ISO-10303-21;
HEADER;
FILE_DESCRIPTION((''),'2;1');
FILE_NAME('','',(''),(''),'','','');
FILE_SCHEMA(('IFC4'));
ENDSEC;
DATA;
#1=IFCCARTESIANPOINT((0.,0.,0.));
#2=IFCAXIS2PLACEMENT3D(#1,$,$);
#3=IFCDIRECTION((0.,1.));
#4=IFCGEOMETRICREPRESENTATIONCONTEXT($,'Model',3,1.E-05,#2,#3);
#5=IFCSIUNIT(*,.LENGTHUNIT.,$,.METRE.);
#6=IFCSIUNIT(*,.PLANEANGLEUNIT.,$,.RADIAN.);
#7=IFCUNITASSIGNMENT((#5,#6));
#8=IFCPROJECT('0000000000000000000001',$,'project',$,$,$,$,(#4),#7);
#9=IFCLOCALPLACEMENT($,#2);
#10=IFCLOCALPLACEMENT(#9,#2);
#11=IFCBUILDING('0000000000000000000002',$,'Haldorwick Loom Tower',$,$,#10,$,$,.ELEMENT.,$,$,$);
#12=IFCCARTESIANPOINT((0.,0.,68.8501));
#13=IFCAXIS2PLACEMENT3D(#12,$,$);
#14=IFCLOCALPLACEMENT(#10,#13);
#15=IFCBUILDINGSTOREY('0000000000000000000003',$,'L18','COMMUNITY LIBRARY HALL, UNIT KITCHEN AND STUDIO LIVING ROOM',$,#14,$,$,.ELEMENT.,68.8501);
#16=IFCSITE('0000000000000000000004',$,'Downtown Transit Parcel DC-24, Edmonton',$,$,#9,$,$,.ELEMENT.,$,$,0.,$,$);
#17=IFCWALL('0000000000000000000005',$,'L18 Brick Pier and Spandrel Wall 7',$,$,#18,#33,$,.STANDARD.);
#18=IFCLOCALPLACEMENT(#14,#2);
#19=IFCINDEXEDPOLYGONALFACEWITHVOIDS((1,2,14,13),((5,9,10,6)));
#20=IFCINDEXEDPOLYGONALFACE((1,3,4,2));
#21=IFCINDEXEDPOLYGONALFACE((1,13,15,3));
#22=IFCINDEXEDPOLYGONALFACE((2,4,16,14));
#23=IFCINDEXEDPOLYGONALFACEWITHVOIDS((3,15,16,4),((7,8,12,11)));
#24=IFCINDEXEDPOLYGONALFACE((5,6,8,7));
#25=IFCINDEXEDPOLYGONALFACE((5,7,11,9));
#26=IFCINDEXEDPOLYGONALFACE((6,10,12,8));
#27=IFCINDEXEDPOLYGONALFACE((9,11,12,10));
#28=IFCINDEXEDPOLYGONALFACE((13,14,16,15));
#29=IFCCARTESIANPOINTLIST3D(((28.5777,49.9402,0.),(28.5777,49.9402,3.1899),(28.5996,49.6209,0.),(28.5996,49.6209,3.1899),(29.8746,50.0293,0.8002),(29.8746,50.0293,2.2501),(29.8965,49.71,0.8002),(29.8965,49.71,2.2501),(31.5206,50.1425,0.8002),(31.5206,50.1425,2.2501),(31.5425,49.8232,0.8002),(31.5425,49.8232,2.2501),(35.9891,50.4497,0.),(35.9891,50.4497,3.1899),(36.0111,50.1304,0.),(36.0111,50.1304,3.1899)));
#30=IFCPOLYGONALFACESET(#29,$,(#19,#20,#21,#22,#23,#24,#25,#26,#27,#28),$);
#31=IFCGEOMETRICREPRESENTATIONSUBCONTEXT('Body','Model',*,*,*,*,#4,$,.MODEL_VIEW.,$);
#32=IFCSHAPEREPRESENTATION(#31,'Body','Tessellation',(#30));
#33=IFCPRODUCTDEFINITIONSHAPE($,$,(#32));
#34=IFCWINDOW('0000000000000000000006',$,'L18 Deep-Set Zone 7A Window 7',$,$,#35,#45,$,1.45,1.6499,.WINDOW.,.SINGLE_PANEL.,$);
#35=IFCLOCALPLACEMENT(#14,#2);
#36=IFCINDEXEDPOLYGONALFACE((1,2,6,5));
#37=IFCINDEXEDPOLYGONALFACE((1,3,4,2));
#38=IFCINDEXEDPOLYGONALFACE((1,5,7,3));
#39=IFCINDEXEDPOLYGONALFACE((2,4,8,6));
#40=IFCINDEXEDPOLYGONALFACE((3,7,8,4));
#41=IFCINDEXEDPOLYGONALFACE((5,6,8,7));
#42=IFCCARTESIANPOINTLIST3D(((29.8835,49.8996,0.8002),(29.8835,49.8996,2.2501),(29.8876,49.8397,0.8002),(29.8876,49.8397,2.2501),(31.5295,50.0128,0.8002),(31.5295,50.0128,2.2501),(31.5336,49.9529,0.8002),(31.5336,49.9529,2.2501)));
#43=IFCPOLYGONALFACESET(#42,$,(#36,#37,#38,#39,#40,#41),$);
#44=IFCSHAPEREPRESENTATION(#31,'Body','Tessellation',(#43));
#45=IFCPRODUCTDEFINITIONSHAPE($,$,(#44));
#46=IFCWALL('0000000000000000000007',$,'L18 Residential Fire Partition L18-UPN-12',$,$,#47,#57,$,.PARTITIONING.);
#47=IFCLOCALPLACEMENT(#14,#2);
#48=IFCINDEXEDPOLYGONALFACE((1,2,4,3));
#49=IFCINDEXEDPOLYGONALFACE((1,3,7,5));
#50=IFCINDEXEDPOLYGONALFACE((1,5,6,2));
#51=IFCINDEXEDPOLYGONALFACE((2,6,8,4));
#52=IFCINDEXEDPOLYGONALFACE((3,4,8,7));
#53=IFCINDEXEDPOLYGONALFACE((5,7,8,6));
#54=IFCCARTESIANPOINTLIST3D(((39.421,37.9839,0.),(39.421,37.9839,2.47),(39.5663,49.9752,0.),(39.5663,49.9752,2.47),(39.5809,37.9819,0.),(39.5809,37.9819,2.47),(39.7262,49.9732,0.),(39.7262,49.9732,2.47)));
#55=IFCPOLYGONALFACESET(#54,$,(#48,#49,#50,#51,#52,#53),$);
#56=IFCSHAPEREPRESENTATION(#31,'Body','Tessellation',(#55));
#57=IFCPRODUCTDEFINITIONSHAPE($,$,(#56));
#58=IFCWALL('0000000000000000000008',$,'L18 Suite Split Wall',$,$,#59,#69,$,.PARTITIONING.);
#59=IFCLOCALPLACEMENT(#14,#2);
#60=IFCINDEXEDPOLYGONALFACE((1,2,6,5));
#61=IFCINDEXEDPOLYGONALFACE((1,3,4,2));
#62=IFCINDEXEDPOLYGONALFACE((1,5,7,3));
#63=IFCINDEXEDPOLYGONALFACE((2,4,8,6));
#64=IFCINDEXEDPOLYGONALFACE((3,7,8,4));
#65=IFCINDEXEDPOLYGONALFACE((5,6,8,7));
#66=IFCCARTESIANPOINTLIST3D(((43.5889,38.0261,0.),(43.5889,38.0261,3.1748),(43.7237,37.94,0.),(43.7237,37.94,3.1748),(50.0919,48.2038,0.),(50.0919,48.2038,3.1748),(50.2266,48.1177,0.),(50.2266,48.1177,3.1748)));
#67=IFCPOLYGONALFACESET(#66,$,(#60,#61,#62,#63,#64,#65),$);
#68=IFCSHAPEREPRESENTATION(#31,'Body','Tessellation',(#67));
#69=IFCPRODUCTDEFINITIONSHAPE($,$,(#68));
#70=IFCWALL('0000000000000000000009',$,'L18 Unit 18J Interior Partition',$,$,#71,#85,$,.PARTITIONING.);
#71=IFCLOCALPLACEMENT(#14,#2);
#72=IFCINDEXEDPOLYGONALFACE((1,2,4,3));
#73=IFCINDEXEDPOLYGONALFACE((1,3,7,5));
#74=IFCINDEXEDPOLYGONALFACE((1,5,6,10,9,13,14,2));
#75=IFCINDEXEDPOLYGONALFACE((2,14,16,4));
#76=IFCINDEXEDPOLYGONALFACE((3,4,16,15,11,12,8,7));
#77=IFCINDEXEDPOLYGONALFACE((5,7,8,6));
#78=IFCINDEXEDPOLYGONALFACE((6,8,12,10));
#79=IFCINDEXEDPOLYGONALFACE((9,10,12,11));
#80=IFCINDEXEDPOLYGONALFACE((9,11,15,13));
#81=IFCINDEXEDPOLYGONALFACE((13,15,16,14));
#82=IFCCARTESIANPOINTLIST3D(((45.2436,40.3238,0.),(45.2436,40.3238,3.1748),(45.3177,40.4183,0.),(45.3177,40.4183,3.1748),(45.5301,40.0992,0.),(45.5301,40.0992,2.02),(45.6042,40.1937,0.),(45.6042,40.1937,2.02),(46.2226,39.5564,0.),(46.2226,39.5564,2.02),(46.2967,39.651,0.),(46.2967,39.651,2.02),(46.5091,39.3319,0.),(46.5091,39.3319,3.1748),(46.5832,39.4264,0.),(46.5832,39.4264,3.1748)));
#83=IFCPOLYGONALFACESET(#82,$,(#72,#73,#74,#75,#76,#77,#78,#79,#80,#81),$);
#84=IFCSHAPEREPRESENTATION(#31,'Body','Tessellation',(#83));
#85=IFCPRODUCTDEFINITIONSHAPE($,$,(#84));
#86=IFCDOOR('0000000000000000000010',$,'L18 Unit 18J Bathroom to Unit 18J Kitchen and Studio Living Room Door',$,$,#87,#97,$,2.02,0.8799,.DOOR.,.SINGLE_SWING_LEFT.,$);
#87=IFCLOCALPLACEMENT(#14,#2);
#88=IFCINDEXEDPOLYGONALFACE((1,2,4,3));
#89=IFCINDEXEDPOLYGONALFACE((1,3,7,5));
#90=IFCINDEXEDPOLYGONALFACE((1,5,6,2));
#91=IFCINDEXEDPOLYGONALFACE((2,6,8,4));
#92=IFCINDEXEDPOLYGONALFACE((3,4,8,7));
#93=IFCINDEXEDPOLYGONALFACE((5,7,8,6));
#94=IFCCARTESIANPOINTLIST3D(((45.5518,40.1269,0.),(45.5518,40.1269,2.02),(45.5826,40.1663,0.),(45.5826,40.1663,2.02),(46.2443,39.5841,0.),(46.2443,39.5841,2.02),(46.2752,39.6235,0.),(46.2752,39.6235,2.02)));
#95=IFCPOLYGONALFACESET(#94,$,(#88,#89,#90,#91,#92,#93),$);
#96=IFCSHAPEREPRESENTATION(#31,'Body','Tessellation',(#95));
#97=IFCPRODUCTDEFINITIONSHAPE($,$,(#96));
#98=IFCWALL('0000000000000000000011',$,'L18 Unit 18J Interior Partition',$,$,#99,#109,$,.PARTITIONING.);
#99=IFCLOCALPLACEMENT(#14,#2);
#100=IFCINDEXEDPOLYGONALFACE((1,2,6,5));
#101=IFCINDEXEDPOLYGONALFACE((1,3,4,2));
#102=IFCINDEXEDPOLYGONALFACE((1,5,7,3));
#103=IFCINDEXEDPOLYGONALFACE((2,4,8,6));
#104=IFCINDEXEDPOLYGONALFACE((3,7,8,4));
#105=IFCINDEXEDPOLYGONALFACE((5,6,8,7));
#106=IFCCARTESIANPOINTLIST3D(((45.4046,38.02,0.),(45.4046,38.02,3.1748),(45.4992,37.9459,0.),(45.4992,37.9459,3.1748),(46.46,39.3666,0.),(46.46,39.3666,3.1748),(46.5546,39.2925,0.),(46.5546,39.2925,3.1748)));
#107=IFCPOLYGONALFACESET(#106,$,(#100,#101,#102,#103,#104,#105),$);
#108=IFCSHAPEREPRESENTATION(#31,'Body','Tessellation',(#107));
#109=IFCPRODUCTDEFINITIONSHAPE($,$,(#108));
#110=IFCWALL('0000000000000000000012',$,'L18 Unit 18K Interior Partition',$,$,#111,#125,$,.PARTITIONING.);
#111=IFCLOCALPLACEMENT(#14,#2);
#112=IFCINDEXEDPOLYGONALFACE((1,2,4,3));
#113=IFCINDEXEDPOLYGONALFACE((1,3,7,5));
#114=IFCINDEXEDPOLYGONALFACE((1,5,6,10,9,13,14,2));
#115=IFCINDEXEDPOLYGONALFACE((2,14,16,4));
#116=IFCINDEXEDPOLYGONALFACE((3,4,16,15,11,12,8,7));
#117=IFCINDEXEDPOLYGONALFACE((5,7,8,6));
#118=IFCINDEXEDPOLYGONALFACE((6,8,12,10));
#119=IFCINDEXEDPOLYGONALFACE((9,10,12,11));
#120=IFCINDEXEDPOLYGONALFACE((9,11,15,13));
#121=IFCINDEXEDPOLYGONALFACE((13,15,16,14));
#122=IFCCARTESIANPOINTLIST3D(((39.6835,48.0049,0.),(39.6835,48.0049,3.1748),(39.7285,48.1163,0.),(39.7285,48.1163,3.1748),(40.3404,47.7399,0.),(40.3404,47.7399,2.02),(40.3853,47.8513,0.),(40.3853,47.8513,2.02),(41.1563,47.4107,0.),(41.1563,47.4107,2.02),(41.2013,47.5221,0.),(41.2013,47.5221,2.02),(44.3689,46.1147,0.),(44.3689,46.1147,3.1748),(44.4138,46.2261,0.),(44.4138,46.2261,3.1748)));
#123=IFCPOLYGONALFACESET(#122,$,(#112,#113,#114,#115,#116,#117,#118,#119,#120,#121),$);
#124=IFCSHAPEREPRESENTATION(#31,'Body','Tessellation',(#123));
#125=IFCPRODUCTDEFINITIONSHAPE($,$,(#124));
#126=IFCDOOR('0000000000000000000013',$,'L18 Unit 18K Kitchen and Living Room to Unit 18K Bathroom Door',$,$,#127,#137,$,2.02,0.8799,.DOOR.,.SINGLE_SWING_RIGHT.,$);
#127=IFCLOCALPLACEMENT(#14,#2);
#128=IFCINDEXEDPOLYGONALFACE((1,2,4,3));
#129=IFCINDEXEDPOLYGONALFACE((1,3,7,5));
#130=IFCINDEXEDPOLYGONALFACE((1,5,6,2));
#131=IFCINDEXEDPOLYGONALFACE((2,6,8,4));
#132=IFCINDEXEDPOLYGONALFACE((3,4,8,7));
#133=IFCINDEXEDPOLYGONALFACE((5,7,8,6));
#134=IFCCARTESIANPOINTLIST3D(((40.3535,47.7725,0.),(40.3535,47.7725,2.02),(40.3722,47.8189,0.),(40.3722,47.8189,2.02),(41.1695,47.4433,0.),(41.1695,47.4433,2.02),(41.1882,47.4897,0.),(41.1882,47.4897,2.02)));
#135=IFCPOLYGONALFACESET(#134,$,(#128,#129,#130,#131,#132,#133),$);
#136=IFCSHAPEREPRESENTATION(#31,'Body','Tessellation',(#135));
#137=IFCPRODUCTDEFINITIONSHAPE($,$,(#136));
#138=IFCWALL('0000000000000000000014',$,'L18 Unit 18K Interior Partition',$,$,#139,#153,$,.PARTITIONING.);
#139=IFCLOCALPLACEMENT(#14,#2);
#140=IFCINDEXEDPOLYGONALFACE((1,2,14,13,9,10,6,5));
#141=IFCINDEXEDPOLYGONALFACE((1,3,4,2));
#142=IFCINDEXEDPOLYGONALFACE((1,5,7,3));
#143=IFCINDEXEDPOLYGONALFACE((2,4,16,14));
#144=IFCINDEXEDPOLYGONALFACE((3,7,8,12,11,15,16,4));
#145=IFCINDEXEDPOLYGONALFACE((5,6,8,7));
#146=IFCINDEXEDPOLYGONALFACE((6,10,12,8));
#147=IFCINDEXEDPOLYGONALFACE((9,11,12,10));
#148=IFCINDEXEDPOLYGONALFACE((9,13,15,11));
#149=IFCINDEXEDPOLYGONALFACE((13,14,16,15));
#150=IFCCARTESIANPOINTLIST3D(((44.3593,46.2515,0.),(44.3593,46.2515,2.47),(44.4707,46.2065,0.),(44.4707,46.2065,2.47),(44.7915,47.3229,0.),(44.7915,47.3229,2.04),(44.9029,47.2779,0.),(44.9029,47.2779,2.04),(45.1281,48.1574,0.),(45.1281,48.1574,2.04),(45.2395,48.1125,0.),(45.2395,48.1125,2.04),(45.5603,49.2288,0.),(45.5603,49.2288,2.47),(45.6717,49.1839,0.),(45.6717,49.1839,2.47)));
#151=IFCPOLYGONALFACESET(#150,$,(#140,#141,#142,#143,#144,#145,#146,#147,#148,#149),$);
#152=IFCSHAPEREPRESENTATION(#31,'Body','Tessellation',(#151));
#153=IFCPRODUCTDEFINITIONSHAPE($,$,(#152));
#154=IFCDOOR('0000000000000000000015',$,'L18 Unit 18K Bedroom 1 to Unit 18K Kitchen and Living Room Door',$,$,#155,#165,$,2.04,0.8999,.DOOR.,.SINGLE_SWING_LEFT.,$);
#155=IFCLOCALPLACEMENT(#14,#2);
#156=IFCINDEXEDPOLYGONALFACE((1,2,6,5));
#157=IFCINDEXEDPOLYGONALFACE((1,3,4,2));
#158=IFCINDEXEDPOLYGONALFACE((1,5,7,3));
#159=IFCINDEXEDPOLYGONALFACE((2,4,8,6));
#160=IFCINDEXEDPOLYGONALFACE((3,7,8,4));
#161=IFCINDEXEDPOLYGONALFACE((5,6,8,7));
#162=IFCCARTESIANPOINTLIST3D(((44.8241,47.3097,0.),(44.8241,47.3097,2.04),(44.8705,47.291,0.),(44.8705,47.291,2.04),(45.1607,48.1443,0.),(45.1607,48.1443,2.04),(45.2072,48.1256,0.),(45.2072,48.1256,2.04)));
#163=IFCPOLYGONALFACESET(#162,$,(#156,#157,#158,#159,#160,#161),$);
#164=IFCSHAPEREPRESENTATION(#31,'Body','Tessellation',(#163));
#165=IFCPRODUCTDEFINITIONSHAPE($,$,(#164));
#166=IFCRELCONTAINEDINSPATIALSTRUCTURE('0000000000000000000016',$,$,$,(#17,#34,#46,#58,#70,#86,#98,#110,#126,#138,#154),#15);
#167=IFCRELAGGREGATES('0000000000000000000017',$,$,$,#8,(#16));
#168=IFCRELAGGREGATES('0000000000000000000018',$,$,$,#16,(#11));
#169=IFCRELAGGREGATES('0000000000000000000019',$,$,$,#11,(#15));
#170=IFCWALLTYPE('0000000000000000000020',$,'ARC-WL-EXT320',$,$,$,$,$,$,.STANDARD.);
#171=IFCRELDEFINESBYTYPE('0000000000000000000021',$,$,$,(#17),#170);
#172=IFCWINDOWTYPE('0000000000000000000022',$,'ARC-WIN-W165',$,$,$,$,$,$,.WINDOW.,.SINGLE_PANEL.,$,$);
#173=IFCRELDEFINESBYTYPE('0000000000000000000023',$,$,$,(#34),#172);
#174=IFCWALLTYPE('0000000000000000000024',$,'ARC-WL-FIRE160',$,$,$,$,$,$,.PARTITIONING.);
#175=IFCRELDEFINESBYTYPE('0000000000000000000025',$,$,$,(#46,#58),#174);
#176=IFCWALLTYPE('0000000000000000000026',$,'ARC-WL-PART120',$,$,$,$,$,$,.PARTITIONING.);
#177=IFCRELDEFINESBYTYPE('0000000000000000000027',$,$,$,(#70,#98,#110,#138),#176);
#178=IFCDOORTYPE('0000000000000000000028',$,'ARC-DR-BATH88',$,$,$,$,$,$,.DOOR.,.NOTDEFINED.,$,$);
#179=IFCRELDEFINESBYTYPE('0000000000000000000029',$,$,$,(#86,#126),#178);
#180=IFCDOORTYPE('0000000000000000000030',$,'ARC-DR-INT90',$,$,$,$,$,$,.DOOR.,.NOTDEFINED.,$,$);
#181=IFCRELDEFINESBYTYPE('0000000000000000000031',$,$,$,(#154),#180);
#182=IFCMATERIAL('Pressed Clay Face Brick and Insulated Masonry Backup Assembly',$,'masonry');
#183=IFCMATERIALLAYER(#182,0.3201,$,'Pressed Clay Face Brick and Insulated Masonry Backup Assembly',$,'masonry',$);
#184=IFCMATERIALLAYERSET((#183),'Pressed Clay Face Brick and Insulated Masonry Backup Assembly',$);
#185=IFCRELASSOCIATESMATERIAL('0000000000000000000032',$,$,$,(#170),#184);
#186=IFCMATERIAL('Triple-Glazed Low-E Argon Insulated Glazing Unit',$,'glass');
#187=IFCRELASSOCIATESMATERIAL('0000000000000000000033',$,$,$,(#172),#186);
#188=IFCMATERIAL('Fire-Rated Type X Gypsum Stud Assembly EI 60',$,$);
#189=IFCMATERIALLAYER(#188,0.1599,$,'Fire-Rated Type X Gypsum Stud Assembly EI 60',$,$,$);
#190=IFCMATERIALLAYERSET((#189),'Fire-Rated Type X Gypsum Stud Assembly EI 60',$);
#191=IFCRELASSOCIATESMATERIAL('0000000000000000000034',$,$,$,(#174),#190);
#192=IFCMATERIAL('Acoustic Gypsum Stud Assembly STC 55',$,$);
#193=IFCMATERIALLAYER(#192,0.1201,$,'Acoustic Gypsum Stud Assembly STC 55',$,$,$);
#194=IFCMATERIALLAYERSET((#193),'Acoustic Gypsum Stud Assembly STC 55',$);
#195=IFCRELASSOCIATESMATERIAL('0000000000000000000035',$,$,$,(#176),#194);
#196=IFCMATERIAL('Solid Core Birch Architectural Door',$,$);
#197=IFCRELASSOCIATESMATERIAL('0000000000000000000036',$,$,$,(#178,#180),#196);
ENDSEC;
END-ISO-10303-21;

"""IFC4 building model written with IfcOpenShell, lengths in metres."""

from ifc_helpers import new_model, si_unit, direction, frame, frame_2d, origin, place, context, subcontext, project, spatial, rectangle, extrude, material, layer, layer_set, type_object, element, fill, save


model = new_model("IFC4")

# Units and contexts
model_context = context("Model", 3, precision=1e-05, world=origin(), true_north=direction((0.0, 1.0)))
body_context = subcontext(model_context, "Body", "Model", "MODEL_VIEW")
ifc_project = project(units=[si_unit("LENGTHUNIT", "METRE"), si_unit("PLANEANGLEUNIT", "RADIAN")], contexts=[model_context])

# Site, building, storey
site_placement = place(None, origin())
site = spatial("IfcSite", under=ifc_project, at=site_placement, Name="Downtown Transit Parcel DC-24, Edmonton", CompositionType="ELEMENT", RefElevation=0.0)
building_placement = place(site_placement, origin())
building = spatial("IfcBuilding", under=site, at=building_placement, Name="Haldorwick Loom Tower", CompositionType="ELEMENT")
storey_placement = place(building_placement, frame((0.0, 0.0, 68.8501)))
storey = spatial("IfcBuildingStorey", under=building, at=storey_placement, Name="L18", Description="COMMUNITY LIBRARY HALL, UNIT KITCHEN AND STUDIO LIVING ROOM", CompositionType="ELEMENT", Elevation=68.8501)

# Wall, opening, window
ifc_material_1 = material(Name="Pressed Clay Face Brick and Insulated Masonry Backup Assembly", Category="masonry")
ifc_layer_1 = layer(ifc_material_1, 0.3201, Name="Pressed Clay Face Brick and Insulated Masonry Backup Assembly", Category="masonry")
ifc_layer_set_1 = layer_set([ifc_layer_1], Name="Pressed Clay Face Brick and Insulated Masonry Backup Assembly")
wall_type_1 = type_object("IfcWallType", Name="ARC-WL-EXT320", PredefinedType="STANDARD", material=ifc_layer_set_1)
ifc_material_2 = material(Name="Triple-Glazed Low-E Argon Insulated Glazing Unit", Category="glass")
window_type = type_object("IfcWindowType", Name="ARC-WIN-W165", PartitioningType="SINGLE_PANEL", PredefinedType="WINDOW", material=ifc_material_2)
wall_1_placement = place(storey_placement, frame((36.0, 50.29, 0.0), z_axis=(0.0, 0.0, 1.0), x_axis=(-0.997645, -0.068587, 0.0)))
wall_1 = element("IfcWall", 1, at=wall_1_placement, inside=storey, type_object=wall_type_1, Name="L18 Brick Pier and Spandrel Wall 7", PredefinedType="STANDARD", context=body_context, shape_type="SweptSolid", body=[
    extrude(rectangle(XDim=7.429, YDim=0.3201, at=frame_2d((3.7144, 0.0))), origin(), (0.0, 0.0, 1.0), 3.1899),
])
opening_1_placement = place(wall_1_placement, frame((4.479, 0.0, 0.8)))
opening_1 = element("IfcOpeningElement", 2, at=opening_1_placement, cuts=wall_1, PredefinedType="OPENING", context=body_context, shape_type="SweptSolid", body=[
    extrude(rectangle(XDim=1.6499, YDim=1.45, at=frame_2d((0.825, 0.7251))), frame((0.0, 0.1699, 0.0), z_axis=(0.0, -1.0, 0.0), x_axis=(1.0, 0.0, 0.0)), (0.0, 0.0, 1.0), 0.3401),
])
window_1_placement = place(opening_1_placement, origin())
window_1 = element("IfcWindow", 3, at=window_1_placement, inside=storey, type_object=window_type, Name="L18 Deep-Set Zone 7A Window 7", OverallHeight=1.45, OverallWidth=1.6499, PartitioningType="SINGLE_PANEL", PredefinedType="WINDOW", context=body_context, shape_type="SweptSolid", body=[
    extrude(rectangle(XDim=1.6499, YDim=1.45, at=frame_2d((0.825, 0.7251))), frame((0.0, 0.03, 0.0), z_axis=(0.0, -1.0, 0.0), x_axis=(1.0, 0.0, 0.0)), (0.0, 0.0, 1.0), 0.0601),
])
fill(opening_1, window_1)

# Walls
ifc_material_3 = material(Name="Fire-Rated Type X Gypsum Stud Assembly EI 60")
ifc_layer_2 = layer(ifc_material_3, 0.1599, Name="Fire-Rated Type X Gypsum Stud Assembly EI 60")
ifc_layer_set_2 = layer_set([ifc_layer_2], Name="Fire-Rated Type X Gypsum Stud Assembly EI 60")
wall_type_2 = type_object("IfcWallType", Name="ARC-WL-FIRE160", PredefinedType="PARTITIONING", material=ifc_layer_set_2)
wall_2_placement = place(storey_placement, frame((39.501, 37.9829, 0.0), z_axis=(0.0, 0.0, 1.0), x_axis=(0.012113, 0.999927, 0.0)))
element("IfcWall", 4, at=wall_2_placement, inside=storey, type_object=wall_type_2, Name="L18 Residential Fire Partition L18-UPN-12", PredefinedType="PARTITIONING", context=body_context, shape_type="SweptSolid", body=[
    extrude(rectangle(XDim=11.9922, YDim=0.1599, at=frame_2d((5.9961, 0.0))), origin(), (0.0, 0.0, 1.0), 2.47),
])
wall_3_placement = place(storey_placement, frame((43.6562, 37.9829, 0.0), z_axis=(0.0, 0.0, 1.0), x_axis=(0.538418, 0.842678, 0.0)))
element("IfcWall", 5, at=wall_3_placement, inside=storey, type_object=wall_type_2, Name="L18 Suite Split Wall", PredefinedType="PARTITIONING", context=body_context, shape_type="SweptSolid", body=[
    extrude(rectangle(XDim=12.0779, YDim=0.1599, at=frame_2d((6.0391, 0.0))), origin(), (0.0, 0.0, 1.0), 3.1748),
])

# Wall, opening, door
ifc_material_4 = material(Name="Acoustic Gypsum Stud Assembly STC 55")
ifc_layer_3 = layer(ifc_material_4, 0.1201, Name="Acoustic Gypsum Stud Assembly STC 55")
ifc_layer_set_3 = layer_set([ifc_layer_3], Name="Acoustic Gypsum Stud Assembly STC 55")
wall_type_3 = type_object("IfcWallType", Name="ARC-WL-PART120", PredefinedType="PARTITIONING", material=ifc_layer_set_3)
wall_4_placement = place(storey_placement, frame((46.5461, 39.3792, 0.0), z_axis=(0.0, 0.0, 1.0), x_axis=(-0.787066, 0.616869, 0.0)))
wall_4 = element("IfcWall", 6, at=wall_4_placement, inside=storey, type_object=wall_type_3, Name="L18 Unit 18J Interior Partition", PredefinedType="PARTITIONING", context=body_context, shape_type="SweptSolid", body=[
    extrude(rectangle(XDim=1.6079, YDim=0.1201, at=frame_2d((0.804, 0.0))), origin(), (0.0, 0.0, 1.0), 3.1748),
])
opening_2_placement = place(wall_4_placement, frame((0.364, 0.0, 0.0)))
opening_2 = element("IfcOpeningElement", 7, at=opening_2_placement, cuts=wall_4, PredefinedType="OPENING", context=body_context, shape_type="SweptSolid", body=[
    extrude(rectangle(XDim=0.8799, YDim=2.02, at=frame_2d((0.4399, 1.01))), frame((0.0, 0.0701, 0.0), z_axis=(0.0, -1.0, 0.0), x_axis=(1.0, 0.0, 0.0)), (0.0, 0.0, 1.0), 0.1401),
])
ifc_material_5 = material(Name="Solid Core Birch Architectural Door")
door_type_1 = type_object("IfcDoorType", Name="ARC-DR-BATH88", OperationType="NOTDEFINED", PredefinedType="DOOR", material=ifc_material_5)
door_1_placement = place(opening_2_placement, origin())
door_1 = element("IfcDoor", 8, at=door_1_placement, inside=storey, type_object=door_type_1, Name="L18 Unit 18J Bathroom to Unit 18J Kitchen and Studio Living Room Door", OperationType="SINGLE_SWING_LEFT", OverallHeight=2.02, OverallWidth=0.8799, PredefinedType="DOOR", context=body_context, shape_type="SweptSolid", body=[
    extrude(rectangle(XDim=0.8799, YDim=2.02, at=frame_2d((0.4399, 1.01))), frame((0.0, 0.0249, 0.0), z_axis=(0.0, -1.0, 0.0), x_axis=(1.0, 0.0, 0.0)), (0.0, 0.0, 1.0), 0.05),
])
fill(opening_2, door_1)

# Wall
wall_5_placement = place(storey_placement, frame((45.4519, 37.9829, 0.0), z_axis=(0.0, 0.0, 1.0), x_axis=(0.616851, 0.78708, 0.0)))
element("IfcWall", 9, at=wall_5_placement, inside=storey, type_object=wall_type_3, Name="L18 Unit 18J Interior Partition", PredefinedType="PARTITIONING", context=body_context, shape_type="SweptSolid", body=[
    extrude(rectangle(XDim=1.7109, YDim=0.1201, at=frame_2d((0.8555, 0.0))), origin(), (0.0, 0.0, 1.0), 3.1748),
])

# Walls, openings, doors
wall_6_placement = place(storey_placement, frame((44.3914, 46.1704, 0.0), z_axis=(0.0, 0.0, 1.0), x_axis=(-0.92738, 0.374122, 0.0)))
wall_6 = element("IfcWall", 10, at=wall_6_placement, inside=storey, type_object=wall_type_3, Name="L18 Unit 18K Interior Partition", PredefinedType="PARTITIONING", context=body_context, shape_type="SweptSolid", body=[
    extrude(rectangle(XDim=5.0522, YDim=0.1201, at=frame_2d((2.5261, 0.0))), origin(), (0.0, 0.0, 1.0), 3.1748),
])
opening_3_placement = place(wall_6_placement, frame((3.4641, 0.0, 0.0)))
opening_3 = element("IfcOpeningElement", 11, at=opening_3_placement, cuts=wall_6, PredefinedType="OPENING", context=body_context, shape_type="SweptSolid", body=[
    extrude(rectangle(XDim=0.8799, YDim=2.02, at=frame_2d((0.4399, 1.01))), frame((0.0, 0.0701, 0.0), z_axis=(0.0, -1.0, 0.0), x_axis=(1.0, 0.0, 0.0)), (0.0, 0.0, 1.0), 0.1401),
])
door_2_placement = place(opening_3_placement, origin())
door_2 = element("IfcDoor", 12, at=door_2_placement, inside=storey, type_object=door_type_1, Name="L18 Unit 18K Kitchen and Living Room to Unit 18K Bathroom Door", OperationType="SINGLE_SWING_RIGHT", OverallHeight=2.02, OverallWidth=0.8799, PredefinedType="DOOR", context=body_context, shape_type="SweptSolid", body=[
    extrude(rectangle(XDim=0.8799, YDim=2.02, at=frame_2d((0.4399, 1.01))), frame((0.0, 0.0249, 0.0), z_axis=(0.0, -1.0, 0.0), x_axis=(1.0, 0.0, 0.0)), (0.0, 0.0, 1.0), 0.05),
])
fill(opening_3, door_2)
wall_7_placement = place(storey_placement, frame((44.415, 46.229, 0.0), z_axis=(0.0, 0.0, 1.0), x_axis=(0.374077, 0.927398, 0.0)))
wall_7 = element("IfcWall", 13, at=wall_7_placement, inside=storey, type_object=wall_type_3, Name="L18 Unit 18K Interior Partition", PredefinedType="PARTITIONING", context=body_context, shape_type="SweptSolid", body=[
    extrude(rectangle(XDim=3.2104, YDim=0.1201, at=frame_2d((1.6052, 0.0))), origin(), (0.0, 0.0, 1.0), 2.47),
])
opening_4_placement = place(wall_7_placement, frame((1.1553, 0.0, 0.0)))
opening_4 = element("IfcOpeningElement", 14, at=opening_4_placement, cuts=wall_7, PredefinedType="OPENING", context=body_context, shape_type="SweptSolid", body=[
    extrude(rectangle(XDim=0.8999, YDim=2.04, at=frame_2d((0.45, 1.02))), frame((0.0, 0.0701, 0.0), z_axis=(0.0, -1.0, 0.0), x_axis=(1.0, 0.0, 0.0)), (0.0, 0.0, 1.0), 0.1401),
])
door_type_2 = type_object("IfcDoorType", Name="ARC-DR-INT90", OperationType="NOTDEFINED", PredefinedType="DOOR", material=ifc_material_5)
door_3_placement = place(opening_4_placement, origin())
door_3 = element("IfcDoor", 15, at=door_3_placement, inside=storey, type_object=door_type_2, Name="L18 Unit 18K Bedroom 1 to Unit 18K Kitchen and Living Room Door", OperationType="SINGLE_SWING_LEFT", OverallHeight=2.04, OverallWidth=0.8999, PredefinedType="DOOR", context=body_context, shape_type="SweptSolid", body=[
    extrude(rectangle(XDim=0.8999, YDim=2.04, at=frame_2d((0.45, 1.02))), frame((0.0, 0.0249, 0.0), z_axis=(0.0, -1.0, 0.0), x_axis=(1.0, 0.0, 0.0)), (0.0, 0.0, 1.0), 0.05),
])
fill(opening_4, door_3)

save(model, "model.ifc")
